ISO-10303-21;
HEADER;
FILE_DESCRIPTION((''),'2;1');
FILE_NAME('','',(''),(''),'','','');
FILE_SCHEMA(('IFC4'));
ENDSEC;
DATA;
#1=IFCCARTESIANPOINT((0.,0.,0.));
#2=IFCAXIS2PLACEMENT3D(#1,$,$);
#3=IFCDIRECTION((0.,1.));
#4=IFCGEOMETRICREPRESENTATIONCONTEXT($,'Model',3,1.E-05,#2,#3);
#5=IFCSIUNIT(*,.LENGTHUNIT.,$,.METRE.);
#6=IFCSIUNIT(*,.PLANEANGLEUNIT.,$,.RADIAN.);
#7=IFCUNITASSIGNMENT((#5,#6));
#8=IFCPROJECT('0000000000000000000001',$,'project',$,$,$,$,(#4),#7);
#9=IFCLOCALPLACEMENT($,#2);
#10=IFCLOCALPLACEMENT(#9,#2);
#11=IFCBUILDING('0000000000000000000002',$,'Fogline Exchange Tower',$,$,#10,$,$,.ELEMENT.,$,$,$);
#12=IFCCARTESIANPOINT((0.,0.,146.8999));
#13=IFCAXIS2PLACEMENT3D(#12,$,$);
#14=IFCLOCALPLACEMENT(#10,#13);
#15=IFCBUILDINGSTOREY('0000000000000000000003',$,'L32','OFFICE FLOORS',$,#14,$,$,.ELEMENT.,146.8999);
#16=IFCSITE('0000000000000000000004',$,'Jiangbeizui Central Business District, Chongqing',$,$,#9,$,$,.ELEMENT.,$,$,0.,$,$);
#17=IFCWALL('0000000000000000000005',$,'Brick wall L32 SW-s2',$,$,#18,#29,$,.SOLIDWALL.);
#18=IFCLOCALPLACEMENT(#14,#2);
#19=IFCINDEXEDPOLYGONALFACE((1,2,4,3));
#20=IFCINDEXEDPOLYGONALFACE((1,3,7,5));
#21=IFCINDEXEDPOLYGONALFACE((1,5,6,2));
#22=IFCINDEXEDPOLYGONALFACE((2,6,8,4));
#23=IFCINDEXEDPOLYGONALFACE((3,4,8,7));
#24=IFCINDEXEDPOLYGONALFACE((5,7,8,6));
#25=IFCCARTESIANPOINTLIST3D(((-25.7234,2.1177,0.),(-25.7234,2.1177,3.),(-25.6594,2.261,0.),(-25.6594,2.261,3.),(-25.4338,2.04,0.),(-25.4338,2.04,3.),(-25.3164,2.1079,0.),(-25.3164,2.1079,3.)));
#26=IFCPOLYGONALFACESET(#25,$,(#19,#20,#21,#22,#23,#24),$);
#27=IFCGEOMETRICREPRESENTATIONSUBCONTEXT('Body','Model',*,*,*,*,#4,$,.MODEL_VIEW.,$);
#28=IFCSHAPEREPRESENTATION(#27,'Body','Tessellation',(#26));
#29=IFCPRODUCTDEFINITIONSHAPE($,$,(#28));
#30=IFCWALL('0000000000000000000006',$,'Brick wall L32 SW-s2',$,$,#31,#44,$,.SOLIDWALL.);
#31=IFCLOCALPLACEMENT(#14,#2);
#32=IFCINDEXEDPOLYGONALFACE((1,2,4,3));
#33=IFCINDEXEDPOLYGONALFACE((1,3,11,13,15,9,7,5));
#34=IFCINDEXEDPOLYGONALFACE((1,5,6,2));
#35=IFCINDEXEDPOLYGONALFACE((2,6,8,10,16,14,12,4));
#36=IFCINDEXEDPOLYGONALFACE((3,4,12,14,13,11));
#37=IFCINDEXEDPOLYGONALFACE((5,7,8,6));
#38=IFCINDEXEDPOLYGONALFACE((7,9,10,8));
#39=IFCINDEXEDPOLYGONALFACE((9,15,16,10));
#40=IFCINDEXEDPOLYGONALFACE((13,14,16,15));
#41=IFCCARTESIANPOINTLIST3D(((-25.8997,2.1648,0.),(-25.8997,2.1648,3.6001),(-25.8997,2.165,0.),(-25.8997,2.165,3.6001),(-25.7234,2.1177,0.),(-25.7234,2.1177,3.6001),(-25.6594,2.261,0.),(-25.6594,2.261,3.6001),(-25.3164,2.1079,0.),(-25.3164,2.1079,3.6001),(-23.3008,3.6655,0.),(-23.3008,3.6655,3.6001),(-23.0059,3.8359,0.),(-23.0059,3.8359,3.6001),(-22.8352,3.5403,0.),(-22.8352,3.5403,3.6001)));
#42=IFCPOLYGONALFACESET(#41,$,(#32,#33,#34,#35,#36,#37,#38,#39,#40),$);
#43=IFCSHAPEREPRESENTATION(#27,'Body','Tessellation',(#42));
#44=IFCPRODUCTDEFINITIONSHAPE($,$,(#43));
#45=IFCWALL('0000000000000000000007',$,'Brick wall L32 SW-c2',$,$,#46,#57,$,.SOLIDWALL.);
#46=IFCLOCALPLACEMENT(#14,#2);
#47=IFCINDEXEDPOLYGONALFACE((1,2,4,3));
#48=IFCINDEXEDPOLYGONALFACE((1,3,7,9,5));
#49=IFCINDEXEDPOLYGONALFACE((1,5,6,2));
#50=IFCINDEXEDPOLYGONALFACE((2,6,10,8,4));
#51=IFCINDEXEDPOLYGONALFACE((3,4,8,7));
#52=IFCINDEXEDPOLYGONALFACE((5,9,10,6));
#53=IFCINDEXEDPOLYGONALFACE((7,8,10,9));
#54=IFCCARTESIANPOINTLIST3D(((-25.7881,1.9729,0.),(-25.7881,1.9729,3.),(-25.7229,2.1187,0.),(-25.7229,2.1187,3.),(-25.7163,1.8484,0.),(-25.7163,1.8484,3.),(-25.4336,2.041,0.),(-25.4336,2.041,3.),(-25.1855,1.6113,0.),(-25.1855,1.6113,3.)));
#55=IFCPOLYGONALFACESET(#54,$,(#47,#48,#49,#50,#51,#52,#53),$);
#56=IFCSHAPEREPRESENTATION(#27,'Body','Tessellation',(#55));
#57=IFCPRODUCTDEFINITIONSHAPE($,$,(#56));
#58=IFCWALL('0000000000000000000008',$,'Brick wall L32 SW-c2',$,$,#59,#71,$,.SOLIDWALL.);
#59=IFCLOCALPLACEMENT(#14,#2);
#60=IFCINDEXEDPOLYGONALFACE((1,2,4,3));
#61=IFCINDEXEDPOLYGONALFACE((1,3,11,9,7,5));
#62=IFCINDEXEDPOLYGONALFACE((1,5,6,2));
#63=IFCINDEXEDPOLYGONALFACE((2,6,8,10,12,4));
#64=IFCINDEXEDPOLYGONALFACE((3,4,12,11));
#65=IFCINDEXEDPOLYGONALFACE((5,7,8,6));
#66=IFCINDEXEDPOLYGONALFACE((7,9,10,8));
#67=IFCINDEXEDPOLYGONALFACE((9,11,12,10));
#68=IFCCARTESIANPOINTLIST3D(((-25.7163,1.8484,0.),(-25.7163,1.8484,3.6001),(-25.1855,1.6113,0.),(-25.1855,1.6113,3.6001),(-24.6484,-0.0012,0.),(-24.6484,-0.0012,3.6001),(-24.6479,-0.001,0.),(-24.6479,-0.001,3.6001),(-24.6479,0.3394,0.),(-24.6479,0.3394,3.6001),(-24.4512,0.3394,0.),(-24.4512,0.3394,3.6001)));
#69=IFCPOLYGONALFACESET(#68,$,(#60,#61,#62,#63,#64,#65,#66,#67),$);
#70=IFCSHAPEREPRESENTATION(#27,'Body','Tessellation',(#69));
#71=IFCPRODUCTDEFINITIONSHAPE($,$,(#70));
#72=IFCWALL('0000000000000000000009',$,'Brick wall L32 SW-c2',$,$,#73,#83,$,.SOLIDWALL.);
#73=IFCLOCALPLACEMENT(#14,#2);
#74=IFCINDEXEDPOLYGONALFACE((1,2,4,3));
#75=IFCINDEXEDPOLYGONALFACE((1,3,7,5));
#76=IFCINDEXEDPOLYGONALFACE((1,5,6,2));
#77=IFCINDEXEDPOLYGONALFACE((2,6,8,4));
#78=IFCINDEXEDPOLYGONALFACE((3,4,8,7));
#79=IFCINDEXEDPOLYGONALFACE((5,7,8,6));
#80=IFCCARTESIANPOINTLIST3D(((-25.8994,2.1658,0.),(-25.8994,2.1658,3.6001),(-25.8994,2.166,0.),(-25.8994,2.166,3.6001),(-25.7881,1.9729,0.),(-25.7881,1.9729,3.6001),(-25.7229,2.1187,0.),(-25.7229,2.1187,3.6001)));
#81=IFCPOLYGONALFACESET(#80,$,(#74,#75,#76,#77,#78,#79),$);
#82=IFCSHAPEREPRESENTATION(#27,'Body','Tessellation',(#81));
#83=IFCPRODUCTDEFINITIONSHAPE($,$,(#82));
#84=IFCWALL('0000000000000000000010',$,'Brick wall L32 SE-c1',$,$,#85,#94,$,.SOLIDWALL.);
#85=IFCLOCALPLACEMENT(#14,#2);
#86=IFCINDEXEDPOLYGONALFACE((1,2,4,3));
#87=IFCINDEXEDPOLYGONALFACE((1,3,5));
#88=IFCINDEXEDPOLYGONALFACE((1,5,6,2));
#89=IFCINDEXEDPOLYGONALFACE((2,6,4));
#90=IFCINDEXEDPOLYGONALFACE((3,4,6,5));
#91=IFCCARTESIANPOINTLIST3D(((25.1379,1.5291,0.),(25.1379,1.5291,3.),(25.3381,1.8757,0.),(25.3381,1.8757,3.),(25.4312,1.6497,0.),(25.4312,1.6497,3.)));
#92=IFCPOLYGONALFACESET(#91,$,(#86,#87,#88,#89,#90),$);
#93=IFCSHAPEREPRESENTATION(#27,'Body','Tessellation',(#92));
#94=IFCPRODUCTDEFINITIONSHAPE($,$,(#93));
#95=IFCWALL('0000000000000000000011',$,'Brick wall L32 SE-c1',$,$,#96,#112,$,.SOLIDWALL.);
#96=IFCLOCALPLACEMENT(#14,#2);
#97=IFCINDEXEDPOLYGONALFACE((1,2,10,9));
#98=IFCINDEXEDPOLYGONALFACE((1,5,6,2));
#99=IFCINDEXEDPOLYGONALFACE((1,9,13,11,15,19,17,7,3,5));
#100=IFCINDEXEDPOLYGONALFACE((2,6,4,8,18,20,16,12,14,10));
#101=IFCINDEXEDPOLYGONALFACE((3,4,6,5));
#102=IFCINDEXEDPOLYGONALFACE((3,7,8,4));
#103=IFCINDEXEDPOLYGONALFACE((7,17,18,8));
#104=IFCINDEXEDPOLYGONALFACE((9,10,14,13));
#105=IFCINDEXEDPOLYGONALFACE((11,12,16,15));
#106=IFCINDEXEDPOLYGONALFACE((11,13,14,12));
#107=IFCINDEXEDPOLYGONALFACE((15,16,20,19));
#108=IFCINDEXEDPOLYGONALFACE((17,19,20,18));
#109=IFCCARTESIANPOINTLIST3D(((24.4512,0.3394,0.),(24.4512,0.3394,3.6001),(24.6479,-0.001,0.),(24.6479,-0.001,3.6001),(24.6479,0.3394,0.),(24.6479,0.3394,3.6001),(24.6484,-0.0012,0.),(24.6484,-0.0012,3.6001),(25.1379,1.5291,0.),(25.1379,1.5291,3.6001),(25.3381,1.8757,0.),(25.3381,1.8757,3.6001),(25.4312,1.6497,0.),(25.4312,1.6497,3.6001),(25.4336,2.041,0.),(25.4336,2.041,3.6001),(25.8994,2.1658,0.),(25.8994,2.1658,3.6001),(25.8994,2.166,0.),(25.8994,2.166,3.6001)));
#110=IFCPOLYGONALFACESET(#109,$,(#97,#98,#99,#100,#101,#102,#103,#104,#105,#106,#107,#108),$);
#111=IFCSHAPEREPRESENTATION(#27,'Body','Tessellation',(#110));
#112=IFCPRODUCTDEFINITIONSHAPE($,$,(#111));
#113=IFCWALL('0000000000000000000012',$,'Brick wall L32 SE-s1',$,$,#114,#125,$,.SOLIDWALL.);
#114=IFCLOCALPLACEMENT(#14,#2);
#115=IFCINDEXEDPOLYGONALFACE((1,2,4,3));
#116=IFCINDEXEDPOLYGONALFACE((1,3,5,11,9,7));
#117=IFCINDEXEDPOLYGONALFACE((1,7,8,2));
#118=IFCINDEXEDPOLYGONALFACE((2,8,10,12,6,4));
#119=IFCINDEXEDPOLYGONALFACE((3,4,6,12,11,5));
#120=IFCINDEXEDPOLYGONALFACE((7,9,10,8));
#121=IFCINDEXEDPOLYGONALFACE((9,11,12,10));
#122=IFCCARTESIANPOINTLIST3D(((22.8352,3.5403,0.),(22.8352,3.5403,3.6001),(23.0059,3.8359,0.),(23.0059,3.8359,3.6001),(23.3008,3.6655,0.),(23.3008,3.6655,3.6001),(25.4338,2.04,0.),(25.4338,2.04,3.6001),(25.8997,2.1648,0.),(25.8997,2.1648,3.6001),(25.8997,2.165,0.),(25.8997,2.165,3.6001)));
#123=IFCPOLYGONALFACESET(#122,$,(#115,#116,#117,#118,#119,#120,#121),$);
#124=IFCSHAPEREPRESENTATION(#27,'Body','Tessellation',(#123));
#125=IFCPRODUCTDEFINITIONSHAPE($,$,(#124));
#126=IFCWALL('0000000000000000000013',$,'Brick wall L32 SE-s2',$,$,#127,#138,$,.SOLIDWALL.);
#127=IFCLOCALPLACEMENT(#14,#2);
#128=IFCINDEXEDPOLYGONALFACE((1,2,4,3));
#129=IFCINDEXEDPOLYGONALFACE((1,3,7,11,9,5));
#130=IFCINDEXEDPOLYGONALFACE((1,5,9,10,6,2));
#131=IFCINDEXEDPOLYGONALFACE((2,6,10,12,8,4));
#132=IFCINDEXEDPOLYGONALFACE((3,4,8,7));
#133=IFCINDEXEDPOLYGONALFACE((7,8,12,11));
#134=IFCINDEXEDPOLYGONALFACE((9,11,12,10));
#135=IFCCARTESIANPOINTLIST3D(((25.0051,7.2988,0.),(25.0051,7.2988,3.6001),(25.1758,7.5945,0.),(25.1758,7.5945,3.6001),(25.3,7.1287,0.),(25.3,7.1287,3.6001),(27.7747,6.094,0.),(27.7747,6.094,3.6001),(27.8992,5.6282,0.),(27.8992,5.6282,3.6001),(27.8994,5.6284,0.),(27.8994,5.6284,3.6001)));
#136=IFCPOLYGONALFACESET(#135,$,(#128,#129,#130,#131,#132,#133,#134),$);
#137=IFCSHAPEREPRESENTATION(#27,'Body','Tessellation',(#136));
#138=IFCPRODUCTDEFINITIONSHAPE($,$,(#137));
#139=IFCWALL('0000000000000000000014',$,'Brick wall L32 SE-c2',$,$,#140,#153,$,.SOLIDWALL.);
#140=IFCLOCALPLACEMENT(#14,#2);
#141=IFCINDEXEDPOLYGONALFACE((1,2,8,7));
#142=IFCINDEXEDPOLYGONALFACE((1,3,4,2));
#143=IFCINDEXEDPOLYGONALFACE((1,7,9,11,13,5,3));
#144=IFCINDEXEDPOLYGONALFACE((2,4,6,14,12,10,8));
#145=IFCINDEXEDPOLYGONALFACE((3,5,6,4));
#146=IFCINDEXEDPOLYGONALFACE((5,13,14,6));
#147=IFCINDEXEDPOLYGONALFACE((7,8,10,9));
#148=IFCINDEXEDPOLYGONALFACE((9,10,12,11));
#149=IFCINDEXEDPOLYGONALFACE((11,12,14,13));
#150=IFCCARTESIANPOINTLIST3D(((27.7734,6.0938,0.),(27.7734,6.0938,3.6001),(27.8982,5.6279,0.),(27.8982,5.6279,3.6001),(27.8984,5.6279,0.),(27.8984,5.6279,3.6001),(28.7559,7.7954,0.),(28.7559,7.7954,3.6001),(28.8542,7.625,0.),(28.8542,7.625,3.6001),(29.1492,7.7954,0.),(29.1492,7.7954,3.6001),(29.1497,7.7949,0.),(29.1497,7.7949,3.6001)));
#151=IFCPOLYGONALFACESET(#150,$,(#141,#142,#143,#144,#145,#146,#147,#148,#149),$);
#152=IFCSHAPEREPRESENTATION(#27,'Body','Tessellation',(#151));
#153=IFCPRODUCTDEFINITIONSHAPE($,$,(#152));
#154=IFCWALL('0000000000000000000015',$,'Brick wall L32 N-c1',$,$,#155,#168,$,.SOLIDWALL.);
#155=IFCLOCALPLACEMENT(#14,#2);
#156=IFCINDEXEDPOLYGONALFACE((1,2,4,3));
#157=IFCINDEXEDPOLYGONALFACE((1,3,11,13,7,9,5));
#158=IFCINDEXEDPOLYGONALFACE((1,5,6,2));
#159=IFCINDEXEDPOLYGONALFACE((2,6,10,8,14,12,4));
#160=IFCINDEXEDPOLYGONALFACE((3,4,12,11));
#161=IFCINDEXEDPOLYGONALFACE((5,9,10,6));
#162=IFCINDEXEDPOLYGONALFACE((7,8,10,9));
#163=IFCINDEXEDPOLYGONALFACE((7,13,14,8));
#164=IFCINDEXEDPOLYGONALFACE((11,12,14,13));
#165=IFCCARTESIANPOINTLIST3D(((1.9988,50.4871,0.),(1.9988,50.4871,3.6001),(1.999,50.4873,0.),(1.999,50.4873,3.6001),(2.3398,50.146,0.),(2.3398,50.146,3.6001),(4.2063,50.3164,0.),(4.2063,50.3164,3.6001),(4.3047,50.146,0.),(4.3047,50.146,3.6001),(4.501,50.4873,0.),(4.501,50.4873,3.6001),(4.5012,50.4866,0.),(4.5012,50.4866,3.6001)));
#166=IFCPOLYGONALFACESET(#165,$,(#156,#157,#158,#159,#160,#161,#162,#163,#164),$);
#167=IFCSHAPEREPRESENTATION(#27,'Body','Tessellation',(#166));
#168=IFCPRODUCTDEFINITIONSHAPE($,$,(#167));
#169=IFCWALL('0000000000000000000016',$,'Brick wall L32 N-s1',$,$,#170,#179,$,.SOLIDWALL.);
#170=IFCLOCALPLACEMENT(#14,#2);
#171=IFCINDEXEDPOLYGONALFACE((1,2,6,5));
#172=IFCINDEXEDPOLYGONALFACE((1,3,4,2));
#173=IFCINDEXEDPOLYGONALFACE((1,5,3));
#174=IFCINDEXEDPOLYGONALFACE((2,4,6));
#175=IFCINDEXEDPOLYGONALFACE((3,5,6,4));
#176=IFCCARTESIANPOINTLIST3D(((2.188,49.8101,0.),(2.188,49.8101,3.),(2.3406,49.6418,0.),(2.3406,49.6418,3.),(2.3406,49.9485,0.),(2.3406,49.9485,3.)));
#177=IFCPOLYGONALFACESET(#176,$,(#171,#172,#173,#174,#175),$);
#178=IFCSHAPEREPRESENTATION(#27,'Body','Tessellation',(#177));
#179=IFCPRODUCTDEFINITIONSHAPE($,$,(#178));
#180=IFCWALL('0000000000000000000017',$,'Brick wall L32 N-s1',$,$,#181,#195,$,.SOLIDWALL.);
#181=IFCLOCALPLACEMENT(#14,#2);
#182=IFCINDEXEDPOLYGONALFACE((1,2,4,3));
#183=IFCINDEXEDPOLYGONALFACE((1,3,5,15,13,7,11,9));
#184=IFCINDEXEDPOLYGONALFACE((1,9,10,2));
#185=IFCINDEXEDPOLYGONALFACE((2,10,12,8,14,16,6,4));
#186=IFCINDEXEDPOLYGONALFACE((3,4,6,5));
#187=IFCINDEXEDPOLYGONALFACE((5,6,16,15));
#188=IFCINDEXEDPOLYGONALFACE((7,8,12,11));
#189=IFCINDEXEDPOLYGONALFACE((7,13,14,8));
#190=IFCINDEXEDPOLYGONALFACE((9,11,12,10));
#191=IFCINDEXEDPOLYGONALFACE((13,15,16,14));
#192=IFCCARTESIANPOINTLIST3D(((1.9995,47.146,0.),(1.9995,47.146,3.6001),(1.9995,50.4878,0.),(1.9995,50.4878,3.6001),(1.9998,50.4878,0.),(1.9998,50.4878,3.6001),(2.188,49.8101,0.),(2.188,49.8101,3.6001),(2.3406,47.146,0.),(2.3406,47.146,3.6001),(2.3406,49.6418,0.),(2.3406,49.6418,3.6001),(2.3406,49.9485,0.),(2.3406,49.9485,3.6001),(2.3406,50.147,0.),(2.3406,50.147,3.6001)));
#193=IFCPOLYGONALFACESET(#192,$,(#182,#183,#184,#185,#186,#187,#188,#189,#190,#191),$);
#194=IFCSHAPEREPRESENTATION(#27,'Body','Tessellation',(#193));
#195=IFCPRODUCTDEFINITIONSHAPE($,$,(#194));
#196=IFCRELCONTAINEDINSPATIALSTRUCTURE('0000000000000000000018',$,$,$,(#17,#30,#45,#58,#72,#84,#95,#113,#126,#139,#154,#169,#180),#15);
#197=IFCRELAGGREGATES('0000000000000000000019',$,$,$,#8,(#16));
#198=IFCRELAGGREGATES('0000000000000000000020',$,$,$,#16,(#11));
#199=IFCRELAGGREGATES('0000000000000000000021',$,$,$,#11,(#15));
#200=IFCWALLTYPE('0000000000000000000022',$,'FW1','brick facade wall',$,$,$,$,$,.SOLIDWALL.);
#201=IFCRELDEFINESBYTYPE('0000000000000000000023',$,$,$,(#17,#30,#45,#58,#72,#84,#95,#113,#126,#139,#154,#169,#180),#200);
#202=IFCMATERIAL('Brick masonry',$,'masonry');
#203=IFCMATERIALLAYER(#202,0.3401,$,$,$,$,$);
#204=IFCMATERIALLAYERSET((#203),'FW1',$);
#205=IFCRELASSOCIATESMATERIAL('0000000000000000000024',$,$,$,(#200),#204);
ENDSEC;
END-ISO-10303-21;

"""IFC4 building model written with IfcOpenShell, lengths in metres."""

from ifc_helpers import new_model, si_unit, direction, frame, origin, place, context, subcontext, project, spatial, polyline, outline, extrude, material, layer, layer_set, type_object, element, save


model = new_model("IFC4")

# Units and contexts
model_context = context("Model", 3, precision=1e-05, world=origin(), true_north=direction((0.0, 1.0)))
body_context = subcontext(model_context, "Body", "Model", "MODEL_VIEW")
ifc_project = project(units=[si_unit("LENGTHUNIT", "METRE"), si_unit("PLANEANGLEUNIT", "RADIAN")], contexts=[model_context])

# Site, building, storey
site_placement = place(None, origin())
site = spatial("IfcSite", under=ifc_project, at=site_placement, Name="Jiangbeizui Central Business District, Chongqing", CompositionType="ELEMENT", RefElevation=0.0)
building_placement = place(site_placement, origin())
building = spatial("IfcBuilding", under=site, at=building_placement, Name="Fogline Exchange Tower", CompositionType="ELEMENT")
storey_placement = place(building_placement, frame((0.0, 0.0, 146.8999)))
storey = spatial("IfcBuildingStorey", under=building, at=storey_placement, Name="L32", Description="OFFICE FLOORS", CompositionType="ELEMENT", Elevation=146.8999)

# Walls
ifc_material = material(Name="Brick masonry", Category="masonry")
ifc_layer = layer(ifc_material, 0.3401)
ifc_layer_set = layer_set([ifc_layer], Name="FW1")
wall_type = type_object("IfcWallType", Name="FW1", Description="brick facade wall", PredefinedType="SOLIDWALL", material=ifc_layer_set)
wall_1_placement = place(storey_placement, origin())
element("IfcWall", 1, at=wall_1_placement, inside=storey, type_object=wall_type, Name="Brick wall L32 SW-s2", PredefinedType="SOLIDWALL", context=body_context, shape_type="SweptSolid", body=[
    extrude(outline(polyline([(-25.4338, 2.04), (-25.7234, 2.1177), (-25.6594, 2.261), (-25.3164, 2.1079), (-25.4338, 2.04)])), origin(), (0.0, 0.0, 1.0), 3.0),
])
wall_2_placement = place(storey_placement, origin())
element("IfcWall", 2, at=wall_2_placement, inside=storey, type_object=wall_type, Name="Brick wall L32 SW-s2", PredefinedType="SOLIDWALL", context=body_context, shape_type="SweptSolid", body=[
    extrude(outline(polyline([(-23.3008, 3.6655), (-23.0059, 3.8359), (-22.8352, 3.5403), (-25.3164, 2.1079), (-25.6594, 2.261), (-25.7234, 2.1177), (-25.8997, 2.1648), (-25.8997, 2.165), (-23.3008, 3.6655)])), origin(), (0.0, 0.0, 1.0), 3.6001),
])
wall_3_placement = place(storey_placement, origin())
element("IfcWall", 3, at=wall_3_placement, inside=storey, type_object=wall_type, Name="Brick wall L32 SW-c2", PredefinedType="SOLIDWALL", context=body_context, shape_type="SweptSolid", body=[
    extrude(outline(polyline([(-25.7881, 1.9729), (-25.7229, 2.1187), (-25.4336, 2.041), (-25.1855, 1.6113), (-25.7163, 1.8484), (-25.7881, 1.9729)])), origin(), (0.0, 0.0, 1.0), 3.0),
])
wall_4_placement = place(storey_placement, origin())
element("IfcWall", 4, at=wall_4_placement, inside=storey, type_object=wall_type, Name="Brick wall L32 SW-c2", PredefinedType="SOLIDWALL", context=body_context, shape_type="SweptSolid", body=[
    extrude(outline(polyline([(-24.6479, 0.3394), (-24.6479, -0.001), (-24.6484, -0.0012), (-25.7163, 1.8484), (-25.1855, 1.6113), (-24.4512, 0.3394), (-24.6479, 0.3394)])), origin(), (0.0, 0.0, 1.0), 3.6001),
])
wall_5_placement = place(storey_placement, origin())
element("IfcWall", 5, at=wall_5_placement, inside=storey, type_object=wall_type, Name="Brick wall L32 SW-c2", PredefinedType="SOLIDWALL", context=body_context, shape_type="SweptSolid", body=[
    extrude(outline(polyline([(-25.8994, 2.1658), (-25.8994, 2.166), (-25.7229, 2.1187), (-25.7881, 1.9729), (-25.8994, 2.1658)])), origin(), (0.0, 0.0, 1.0), 3.6001),
])
wall_6_placement = place(storey_placement, origin())
element("IfcWall", 6, at=wall_6_placement, inside=storey, type_object=wall_type, Name="Brick wall L32 SE-c1", PredefinedType="SOLIDWALL", context=body_context, shape_type="SweptSolid", body=[
    extrude(outline(polyline([(25.3381, 1.8757), (25.4312, 1.6497), (25.1379, 1.5291), (25.3381, 1.8757)])), origin(), (0.0, 0.0, 1.0), 3.0),
])
wall_7_placement = place(storey_placement, origin())
element("IfcWall", 7, at=wall_7_placement, inside=storey, type_object=wall_type, Name="Brick wall L32 SE-c1", PredefinedType="SOLIDWALL", context=body_context, shape_type="SweptSolid", body=[
    extrude(outline(polyline([(24.6484, -0.0012), (24.6479, -0.001), (24.6479, 0.3394), (24.4512, 0.3394), (25.1379, 1.5291), (25.4312, 1.6497), (25.3381, 1.8757), (25.4336, 2.041), (25.8994, 2.166), (25.8994, 2.1658), (24.6484, -0.0012)])), origin(), (0.0, 0.0, 1.0), 3.6001),
])
wall_8_placement = place(storey_placement, origin())
element("IfcWall", 8, at=wall_8_placement, inside=storey, type_object=wall_type, Name="Brick wall L32 SE-s1", PredefinedType="SOLIDWALL", context=body_context, shape_type="SweptSolid", body=[
    extrude(outline(polyline([(22.8352, 3.5403), (23.0059, 3.8359), (23.3008, 3.6655), (25.8997, 2.165), (25.8997, 2.1648), (25.4338, 2.04), (22.8352, 3.5403)])), origin(), (0.0, 0.0, 1.0), 3.6001),
])
wall_9_placement = place(storey_placement, origin())
element("IfcWall", 9, at=wall_9_placement, inside=storey, type_object=wall_type, Name="Brick wall L32 SE-s2", PredefinedType="SOLIDWALL", context=body_context, shape_type="SweptSolid", body=[
    extrude(outline(polyline([(27.8992, 5.6282), (25.3, 7.1287), (25.0051, 7.2988), (25.1758, 7.5945), (27.7747, 6.094), (27.8994, 5.6284), (27.8992, 5.6282)])), origin(), (0.0, 0.0, 1.0), 3.6001),
])
wall_10_placement = place(storey_placement, origin())
element("IfcWall", 10, at=wall_10_placement, inside=storey, type_object=wall_type, Name="Brick wall L32 SE-c2", PredefinedType="SOLIDWALL", context=body_context, shape_type="SweptSolid", body=[
    extrude(outline(polyline([(28.7559, 7.7954), (28.8542, 7.625), (29.1492, 7.7954), (29.1497, 7.7949), (27.8984, 5.6279), (27.8982, 5.6279), (27.7734, 6.0938), (28.7559, 7.7954)])), origin(), (0.0, 0.0, 1.0), 3.6001),
])
wall_11_placement = place(storey_placement, origin())
element("IfcWall", 11, at=wall_11_placement, inside=storey, type_object=wall_type, Name="Brick wall L32 N-c1", PredefinedType="SOLIDWALL", context=body_context, shape_type="SweptSolid", body=[
    extrude(outline(polyline([(1.999, 50.4873), (4.501, 50.4873), (4.5012, 50.4866), (4.2063, 50.3164), (4.3047, 50.146), (2.3398, 50.146), (1.9988, 50.4871), (1.999, 50.4873)])), origin(), (0.0, 0.0, 1.0), 3.6001),
])
wall_12_placement = place(storey_placement, origin())
element("IfcWall", 12, at=wall_12_placement, inside=storey, type_object=wall_type, Name="Brick wall L32 N-s1", PredefinedType="SOLIDWALL", context=body_context, shape_type="SweptSolid", body=[
    extrude(outline(polyline([(2.3406, 49.6418), (2.188, 49.8101), (2.3406, 49.9485), (2.3406, 49.6418)])), origin(), (0.0, 0.0, 1.0), 3.0),
])
wall_13_placement = place(storey_placement, origin())
element("IfcWall", 13, at=wall_13_placement, inside=storey, type_object=wall_type, Name="Brick wall L32 N-s1", PredefinedType="SOLIDWALL", context=body_context, shape_type="SweptSolid", body=[
    extrude(outline(polyline([(1.9995, 47.146), (1.9995, 50.4878), (1.9998, 50.4878), (2.3406, 50.147), (2.3406, 49.9485), (2.188, 49.8101), (2.3406, 49.6418), (2.3406, 47.146), (1.9995, 47.146)])), origin(), (0.0, 0.0, 1.0), 3.6001),
])

save(model, "model.ifc")
